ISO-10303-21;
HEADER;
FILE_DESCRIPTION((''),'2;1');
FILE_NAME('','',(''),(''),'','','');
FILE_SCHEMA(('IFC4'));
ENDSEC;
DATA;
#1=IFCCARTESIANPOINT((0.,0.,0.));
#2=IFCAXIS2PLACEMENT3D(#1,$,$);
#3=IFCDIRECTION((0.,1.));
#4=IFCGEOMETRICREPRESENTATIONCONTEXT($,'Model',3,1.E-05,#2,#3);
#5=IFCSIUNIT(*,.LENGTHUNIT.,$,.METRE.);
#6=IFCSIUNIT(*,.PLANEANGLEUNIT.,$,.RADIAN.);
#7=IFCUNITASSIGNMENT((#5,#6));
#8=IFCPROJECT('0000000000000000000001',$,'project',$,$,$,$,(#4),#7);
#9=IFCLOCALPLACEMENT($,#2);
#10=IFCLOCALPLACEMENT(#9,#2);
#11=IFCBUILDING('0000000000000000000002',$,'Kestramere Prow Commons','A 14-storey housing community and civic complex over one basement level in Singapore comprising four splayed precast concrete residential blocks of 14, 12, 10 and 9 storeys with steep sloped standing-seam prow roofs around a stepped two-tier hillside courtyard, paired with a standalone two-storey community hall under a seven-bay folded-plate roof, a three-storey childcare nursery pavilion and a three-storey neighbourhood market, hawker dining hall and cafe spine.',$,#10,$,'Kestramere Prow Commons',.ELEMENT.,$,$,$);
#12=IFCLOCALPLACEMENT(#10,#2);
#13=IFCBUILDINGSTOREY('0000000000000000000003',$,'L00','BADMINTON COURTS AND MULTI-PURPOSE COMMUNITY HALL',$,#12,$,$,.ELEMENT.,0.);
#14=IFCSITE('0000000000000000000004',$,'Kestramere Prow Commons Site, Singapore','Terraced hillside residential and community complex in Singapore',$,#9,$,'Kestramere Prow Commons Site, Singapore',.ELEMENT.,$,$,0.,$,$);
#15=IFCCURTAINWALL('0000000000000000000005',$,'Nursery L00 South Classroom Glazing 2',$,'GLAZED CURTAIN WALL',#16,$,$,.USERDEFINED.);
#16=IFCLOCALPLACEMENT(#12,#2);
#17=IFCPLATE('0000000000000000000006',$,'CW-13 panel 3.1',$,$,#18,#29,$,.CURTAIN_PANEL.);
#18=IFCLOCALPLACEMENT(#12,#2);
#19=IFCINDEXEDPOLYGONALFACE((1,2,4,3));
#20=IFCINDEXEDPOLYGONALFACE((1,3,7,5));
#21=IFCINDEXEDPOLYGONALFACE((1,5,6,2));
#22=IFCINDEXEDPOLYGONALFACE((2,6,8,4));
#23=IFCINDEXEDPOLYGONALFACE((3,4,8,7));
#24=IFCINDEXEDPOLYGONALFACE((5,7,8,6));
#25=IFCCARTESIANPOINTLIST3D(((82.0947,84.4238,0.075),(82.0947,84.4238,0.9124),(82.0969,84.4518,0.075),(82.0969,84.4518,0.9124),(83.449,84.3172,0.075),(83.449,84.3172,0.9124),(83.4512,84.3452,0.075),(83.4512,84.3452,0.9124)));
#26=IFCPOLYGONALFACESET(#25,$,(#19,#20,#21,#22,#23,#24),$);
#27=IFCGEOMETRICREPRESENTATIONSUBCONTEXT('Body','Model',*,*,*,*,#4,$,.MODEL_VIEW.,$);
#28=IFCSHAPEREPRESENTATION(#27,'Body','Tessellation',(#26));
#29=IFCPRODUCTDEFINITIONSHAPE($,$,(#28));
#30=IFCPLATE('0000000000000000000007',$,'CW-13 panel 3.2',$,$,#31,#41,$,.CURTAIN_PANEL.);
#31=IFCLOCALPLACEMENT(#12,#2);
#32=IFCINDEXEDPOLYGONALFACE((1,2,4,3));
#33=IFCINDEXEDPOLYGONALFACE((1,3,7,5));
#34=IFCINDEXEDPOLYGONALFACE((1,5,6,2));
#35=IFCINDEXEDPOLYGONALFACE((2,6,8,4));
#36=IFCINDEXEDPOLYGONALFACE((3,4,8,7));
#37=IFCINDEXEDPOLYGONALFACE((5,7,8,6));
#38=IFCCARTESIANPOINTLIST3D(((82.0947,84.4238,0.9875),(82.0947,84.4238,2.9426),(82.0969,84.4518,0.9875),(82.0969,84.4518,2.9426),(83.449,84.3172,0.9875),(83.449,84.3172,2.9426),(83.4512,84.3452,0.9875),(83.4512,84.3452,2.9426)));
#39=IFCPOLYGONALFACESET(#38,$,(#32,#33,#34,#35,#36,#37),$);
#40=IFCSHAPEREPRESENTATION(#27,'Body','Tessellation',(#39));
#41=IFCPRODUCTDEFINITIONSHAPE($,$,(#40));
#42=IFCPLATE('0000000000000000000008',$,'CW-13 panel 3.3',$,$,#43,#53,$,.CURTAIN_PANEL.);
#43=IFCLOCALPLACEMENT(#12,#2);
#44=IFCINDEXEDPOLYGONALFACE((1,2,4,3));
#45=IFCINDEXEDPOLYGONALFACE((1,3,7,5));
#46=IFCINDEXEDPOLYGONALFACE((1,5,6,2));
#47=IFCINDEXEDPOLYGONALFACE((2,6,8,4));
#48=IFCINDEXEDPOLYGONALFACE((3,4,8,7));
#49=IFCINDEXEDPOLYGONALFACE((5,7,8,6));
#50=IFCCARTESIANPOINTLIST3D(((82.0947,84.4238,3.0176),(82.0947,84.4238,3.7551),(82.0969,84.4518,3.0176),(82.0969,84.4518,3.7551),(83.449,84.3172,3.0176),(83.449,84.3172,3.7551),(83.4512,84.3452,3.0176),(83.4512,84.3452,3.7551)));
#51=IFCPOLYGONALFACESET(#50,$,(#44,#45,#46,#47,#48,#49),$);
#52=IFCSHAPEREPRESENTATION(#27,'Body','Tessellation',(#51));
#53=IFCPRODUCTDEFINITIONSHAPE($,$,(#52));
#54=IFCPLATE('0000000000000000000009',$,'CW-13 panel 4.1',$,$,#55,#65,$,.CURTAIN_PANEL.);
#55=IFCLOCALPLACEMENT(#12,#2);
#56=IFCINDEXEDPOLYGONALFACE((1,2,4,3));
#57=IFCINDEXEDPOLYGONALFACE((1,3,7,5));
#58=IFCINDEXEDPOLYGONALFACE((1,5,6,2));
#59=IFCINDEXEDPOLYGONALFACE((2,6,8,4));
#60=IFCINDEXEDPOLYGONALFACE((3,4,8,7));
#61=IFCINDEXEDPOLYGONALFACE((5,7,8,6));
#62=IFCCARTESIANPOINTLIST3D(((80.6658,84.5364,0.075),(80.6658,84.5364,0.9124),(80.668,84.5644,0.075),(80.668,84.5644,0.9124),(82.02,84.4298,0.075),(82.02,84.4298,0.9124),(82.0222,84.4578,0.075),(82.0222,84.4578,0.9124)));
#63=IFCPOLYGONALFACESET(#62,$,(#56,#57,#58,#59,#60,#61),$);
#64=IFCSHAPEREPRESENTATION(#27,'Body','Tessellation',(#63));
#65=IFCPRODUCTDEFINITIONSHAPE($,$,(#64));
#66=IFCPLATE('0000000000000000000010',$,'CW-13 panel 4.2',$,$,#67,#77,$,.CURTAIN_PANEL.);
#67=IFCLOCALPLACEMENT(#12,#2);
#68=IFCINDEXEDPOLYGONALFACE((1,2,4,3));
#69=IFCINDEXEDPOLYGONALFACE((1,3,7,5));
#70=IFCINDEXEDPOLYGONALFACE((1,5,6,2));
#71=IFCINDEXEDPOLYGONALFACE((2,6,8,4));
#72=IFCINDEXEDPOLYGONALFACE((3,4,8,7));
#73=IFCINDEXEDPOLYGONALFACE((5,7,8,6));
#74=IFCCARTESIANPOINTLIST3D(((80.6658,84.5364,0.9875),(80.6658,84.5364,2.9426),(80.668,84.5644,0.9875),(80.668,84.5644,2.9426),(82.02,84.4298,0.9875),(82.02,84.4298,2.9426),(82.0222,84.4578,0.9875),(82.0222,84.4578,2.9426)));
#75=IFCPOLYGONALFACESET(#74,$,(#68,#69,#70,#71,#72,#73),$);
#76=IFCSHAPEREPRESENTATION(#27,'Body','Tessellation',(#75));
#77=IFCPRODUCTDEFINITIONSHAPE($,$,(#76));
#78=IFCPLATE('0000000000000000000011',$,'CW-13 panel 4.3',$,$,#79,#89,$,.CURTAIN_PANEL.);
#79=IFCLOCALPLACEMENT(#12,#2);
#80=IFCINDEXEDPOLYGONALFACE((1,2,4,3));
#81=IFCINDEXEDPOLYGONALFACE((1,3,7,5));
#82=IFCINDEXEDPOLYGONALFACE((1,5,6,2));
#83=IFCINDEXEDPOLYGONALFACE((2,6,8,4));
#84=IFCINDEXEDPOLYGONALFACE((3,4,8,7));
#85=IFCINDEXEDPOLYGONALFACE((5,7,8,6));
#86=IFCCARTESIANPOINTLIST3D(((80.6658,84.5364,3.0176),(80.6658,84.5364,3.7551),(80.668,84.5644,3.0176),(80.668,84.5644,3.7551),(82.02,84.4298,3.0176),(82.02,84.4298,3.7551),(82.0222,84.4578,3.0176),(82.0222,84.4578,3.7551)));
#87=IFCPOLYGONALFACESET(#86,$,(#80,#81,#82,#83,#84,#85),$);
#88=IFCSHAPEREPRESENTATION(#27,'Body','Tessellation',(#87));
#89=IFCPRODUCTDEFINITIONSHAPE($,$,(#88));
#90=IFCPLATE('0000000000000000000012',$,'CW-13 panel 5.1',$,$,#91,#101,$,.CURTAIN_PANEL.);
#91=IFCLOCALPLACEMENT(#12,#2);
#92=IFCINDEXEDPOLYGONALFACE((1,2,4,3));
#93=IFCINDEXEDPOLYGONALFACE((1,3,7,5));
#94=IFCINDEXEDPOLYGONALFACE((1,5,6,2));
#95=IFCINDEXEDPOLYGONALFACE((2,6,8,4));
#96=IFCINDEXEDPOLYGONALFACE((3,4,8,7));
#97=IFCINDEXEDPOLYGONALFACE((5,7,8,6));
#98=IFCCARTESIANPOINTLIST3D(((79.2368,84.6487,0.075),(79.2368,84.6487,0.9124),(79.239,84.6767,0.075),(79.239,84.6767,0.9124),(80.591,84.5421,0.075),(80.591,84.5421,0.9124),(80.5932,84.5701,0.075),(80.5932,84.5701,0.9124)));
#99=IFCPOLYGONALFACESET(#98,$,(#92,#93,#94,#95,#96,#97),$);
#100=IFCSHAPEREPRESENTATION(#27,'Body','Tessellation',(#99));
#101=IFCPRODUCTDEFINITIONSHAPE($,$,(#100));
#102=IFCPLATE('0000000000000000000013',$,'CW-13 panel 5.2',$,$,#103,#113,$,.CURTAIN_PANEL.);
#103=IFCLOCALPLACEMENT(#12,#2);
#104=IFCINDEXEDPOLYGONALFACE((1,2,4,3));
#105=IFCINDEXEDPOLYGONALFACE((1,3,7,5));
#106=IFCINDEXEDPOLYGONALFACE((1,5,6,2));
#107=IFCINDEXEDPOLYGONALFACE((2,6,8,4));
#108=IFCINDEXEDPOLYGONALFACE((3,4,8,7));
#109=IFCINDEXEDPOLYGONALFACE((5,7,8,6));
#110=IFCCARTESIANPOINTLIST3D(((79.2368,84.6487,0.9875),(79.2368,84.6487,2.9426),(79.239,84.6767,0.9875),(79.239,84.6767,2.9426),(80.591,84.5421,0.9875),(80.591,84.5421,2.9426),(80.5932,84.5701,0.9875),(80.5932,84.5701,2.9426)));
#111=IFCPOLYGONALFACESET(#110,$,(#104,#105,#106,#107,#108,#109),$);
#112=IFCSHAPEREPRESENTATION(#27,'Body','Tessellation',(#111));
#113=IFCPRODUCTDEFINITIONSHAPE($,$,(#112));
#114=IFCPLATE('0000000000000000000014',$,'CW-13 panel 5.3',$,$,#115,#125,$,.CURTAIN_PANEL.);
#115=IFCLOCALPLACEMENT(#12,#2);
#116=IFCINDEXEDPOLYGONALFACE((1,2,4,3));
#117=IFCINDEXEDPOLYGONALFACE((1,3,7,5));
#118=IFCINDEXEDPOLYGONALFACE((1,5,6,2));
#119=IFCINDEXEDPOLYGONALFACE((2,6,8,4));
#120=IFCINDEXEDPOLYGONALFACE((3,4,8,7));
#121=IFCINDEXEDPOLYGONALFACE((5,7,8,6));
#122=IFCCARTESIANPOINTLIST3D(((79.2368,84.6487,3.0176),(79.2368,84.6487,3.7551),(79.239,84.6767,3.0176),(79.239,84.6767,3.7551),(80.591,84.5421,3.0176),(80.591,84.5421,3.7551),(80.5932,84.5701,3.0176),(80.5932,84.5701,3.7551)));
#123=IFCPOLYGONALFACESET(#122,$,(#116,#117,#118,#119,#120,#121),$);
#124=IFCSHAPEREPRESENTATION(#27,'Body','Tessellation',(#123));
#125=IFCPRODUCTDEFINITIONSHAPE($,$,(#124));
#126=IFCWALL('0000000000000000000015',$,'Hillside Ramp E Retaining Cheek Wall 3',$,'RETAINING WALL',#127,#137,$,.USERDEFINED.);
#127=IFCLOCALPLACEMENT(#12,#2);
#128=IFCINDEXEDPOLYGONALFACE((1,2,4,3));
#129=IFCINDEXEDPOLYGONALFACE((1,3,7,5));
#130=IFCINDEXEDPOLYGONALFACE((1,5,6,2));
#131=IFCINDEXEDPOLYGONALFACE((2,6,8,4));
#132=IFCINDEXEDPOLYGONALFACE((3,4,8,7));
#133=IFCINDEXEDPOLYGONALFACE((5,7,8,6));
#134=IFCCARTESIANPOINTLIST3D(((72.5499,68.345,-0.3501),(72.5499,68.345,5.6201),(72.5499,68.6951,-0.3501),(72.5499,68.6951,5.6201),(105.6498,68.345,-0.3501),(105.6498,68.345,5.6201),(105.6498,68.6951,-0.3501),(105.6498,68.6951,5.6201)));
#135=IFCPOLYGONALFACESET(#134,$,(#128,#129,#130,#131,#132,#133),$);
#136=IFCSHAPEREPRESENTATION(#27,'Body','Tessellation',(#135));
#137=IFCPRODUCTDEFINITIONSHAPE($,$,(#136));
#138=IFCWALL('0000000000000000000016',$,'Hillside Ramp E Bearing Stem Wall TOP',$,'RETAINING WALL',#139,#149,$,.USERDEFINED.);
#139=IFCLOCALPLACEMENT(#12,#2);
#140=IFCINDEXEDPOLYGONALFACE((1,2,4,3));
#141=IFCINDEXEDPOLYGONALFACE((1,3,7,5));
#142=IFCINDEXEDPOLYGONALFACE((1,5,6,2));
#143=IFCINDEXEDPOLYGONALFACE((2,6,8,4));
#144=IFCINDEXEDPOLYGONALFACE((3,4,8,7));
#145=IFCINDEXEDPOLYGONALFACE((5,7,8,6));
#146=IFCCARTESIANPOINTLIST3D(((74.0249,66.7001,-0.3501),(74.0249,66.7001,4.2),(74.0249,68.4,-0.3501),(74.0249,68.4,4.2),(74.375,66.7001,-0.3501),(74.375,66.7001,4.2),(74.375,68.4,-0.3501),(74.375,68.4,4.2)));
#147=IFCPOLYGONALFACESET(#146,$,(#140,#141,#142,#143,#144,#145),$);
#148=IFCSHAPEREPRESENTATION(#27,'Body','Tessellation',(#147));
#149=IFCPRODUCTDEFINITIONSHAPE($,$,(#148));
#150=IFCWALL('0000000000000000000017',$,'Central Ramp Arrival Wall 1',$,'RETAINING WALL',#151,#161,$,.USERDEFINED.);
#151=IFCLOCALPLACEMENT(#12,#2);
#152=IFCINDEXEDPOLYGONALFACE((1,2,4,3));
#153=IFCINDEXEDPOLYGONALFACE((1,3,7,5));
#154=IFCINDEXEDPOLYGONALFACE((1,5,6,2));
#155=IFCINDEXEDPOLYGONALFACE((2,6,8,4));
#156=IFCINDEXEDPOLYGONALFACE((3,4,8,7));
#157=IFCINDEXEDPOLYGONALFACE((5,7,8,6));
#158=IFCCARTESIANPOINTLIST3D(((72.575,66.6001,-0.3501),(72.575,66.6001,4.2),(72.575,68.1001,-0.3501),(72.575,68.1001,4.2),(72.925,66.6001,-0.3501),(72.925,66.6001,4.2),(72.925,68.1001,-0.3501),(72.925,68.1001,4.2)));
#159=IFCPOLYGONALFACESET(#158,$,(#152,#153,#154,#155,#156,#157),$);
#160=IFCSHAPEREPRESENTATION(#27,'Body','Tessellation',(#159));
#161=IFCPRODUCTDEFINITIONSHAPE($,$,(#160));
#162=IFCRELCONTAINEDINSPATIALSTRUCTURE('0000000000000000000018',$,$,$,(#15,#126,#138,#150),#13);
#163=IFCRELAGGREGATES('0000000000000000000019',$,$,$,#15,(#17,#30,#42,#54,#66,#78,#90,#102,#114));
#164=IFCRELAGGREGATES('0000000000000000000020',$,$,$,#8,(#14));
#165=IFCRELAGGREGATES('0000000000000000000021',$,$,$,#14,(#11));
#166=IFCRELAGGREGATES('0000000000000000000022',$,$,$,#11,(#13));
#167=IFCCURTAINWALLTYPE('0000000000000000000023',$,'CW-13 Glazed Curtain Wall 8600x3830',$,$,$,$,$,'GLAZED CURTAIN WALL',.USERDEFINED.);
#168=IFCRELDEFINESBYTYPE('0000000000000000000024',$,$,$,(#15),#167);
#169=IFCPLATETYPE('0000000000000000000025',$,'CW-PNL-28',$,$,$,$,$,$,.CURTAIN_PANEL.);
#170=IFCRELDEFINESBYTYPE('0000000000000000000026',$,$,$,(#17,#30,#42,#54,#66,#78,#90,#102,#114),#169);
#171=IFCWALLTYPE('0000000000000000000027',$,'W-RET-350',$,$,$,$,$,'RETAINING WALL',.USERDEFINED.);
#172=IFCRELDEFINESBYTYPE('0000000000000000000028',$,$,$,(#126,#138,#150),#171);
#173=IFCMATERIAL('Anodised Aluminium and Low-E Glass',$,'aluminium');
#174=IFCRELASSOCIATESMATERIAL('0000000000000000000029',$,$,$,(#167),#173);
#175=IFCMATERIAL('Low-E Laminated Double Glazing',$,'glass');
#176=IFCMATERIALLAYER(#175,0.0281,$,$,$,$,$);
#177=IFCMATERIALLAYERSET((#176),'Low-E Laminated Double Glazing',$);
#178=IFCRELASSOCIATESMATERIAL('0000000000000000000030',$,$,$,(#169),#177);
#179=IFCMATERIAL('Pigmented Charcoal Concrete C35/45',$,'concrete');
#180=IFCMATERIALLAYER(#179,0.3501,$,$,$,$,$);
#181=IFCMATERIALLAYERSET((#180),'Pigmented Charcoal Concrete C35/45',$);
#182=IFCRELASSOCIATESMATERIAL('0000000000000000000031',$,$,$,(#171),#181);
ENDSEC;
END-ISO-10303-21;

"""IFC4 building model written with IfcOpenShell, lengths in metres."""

from ifc_helpers import new_model, si_unit, direction, frame, frame_2d, origin, origin_2d, place, context, subcontext, project, spatial, rectangle, extrude, material, layer, layer_set, type_object, element, aggregate, save


model = new_model("IFC4")

# Units and contexts
model_context = context("Model", 3, precision=1e-05, world=origin(), true_north=direction((0.0, 1.0)))
body_context = subcontext(model_context, "Body", "Model", "MODEL_VIEW")
ifc_project = project(units=[si_unit("LENGTHUNIT", "METRE"), si_unit("PLANEANGLEUNIT", "RADIAN")], contexts=[model_context])

# Site, building, storey
site_placement = place(None, origin())
site = spatial("IfcSite", under=ifc_project, at=site_placement, Name="Kestramere Prow Commons Site, Singapore", Description="Terraced hillside residential and community complex in Singapore", LongName="Kestramere Prow Commons Site, Singapore", CompositionType="ELEMENT", RefElevation=0.0)
building_placement = place(site_placement, origin())
building = spatial("IfcBuilding", under=site, at=building_placement, Name="Kestramere Prow Commons", Description="A 14-storey housing community and civic complex over one basement level in Singapore comprising four splayed precast concrete residential blocks of 14, 12, 10 and 9 storeys with steep sloped standing-seam prow roofs around a stepped two-tier hillside courtyard, paired with a standalone two-storey community hall under a seven-bay folded-plate roof, a three-storey childcare nursery pavilion and a three-storey neighbourhood market, hawker dining hall and cafe spine.", LongName="Kestramere Prow Commons", CompositionType="ELEMENT")
storey_placement = place(building_placement, origin())
storey = spatial("IfcBuildingStorey", under=building, at=storey_placement, Name="L00", Description="BADMINTON COURTS AND MULTI-PURPOSE COMMUNITY HALL", CompositionType="ELEMENT", Elevation=0.0)

# Curtain wall, plates
ifc_material_1 = material(Name="Anodised Aluminium and Low-E Glass", Category="aluminium")
curtain_wall_type = type_object("IfcCurtainWallType", Name="CW-13 Glazed Curtain Wall 8600x3830", ElementType="GLAZED CURTAIN WALL", PredefinedType="USERDEFINED", material=ifc_material_1)
curtain_wall_placement = place(storey_placement, origin())
curtain_wall = element("IfcCurtainWall", 1, at=curtain_wall_placement, inside=storey, type_object=curtain_wall_type, Name="Nursery L00 South Classroom Glazing 2", ObjectType="GLAZED CURTAIN WALL", PredefinedType="USERDEFINED")
ifc_material_2 = material(Name="Low-E Laminated Double Glazing", Category="glass")
ifc_layer_1 = layer(ifc_material_2, 0.0281)
ifc_layer_set_1 = layer_set([ifc_layer_1], Name="Low-E Laminated Double Glazing")
plate_type = type_object("IfcPlateType", Name="CW-PNL-28", PredefinedType="CURTAIN_PANEL", material=ifc_layer_set_1)
plate_1_placement = place(storey_placement, frame((82.7729, 84.3845, 0.075), z_axis=(0.0, 0.0, 1.0), x_axis=(-0.996917, 0.078459, 0.0)))
plate_1 = element("IfcPlate", 2, at=plate_1_placement, type_object=plate_type, Name="CW-13 panel 3.1", PredefinedType="CURTAIN_PANEL", context=body_context, shape_type="SweptSolid", body=[
    extrude(rectangle(XDim=1.3584, YDim=0.0281, at=origin_2d()), origin(), (0.0, 0.0, 1.0), 0.8374),
])
plate_2_placement = place(storey_placement, frame((82.7729, 84.3845, 0.9875), z_axis=(0.0, 0.0, 1.0), x_axis=(-0.996917, 0.078459, 0.0)))
plate_2 = element("IfcPlate", 3, at=plate_2_placement, type_object=plate_type, Name="CW-13 panel 3.2", PredefinedType="CURTAIN_PANEL", context=body_context, shape_type="SweptSolid", body=[
    extrude(rectangle(XDim=1.3584, YDim=0.0281, at=origin_2d()), origin(), (0.0, 0.0, 1.0), 1.9551),
])
plate_3_placement = place(storey_placement, frame((82.7729, 84.3845, 3.0176), z_axis=(0.0, 0.0, 1.0), x_axis=(-0.996917, 0.078459, 0.0)))
plate_3 = element("IfcPlate", 4, at=plate_3_placement, type_object=plate_type, Name="CW-13 panel 3.3", PredefinedType="CURTAIN_PANEL", context=body_context, shape_type="SweptSolid", body=[
    extrude(rectangle(XDim=1.3584, YDim=0.0281, at=origin_2d()), origin(), (0.0, 0.0, 1.0), 0.7375),
])
plate_4_placement = place(storey_placement, frame((81.344, 84.4971, 0.075), z_axis=(0.0, 0.0, 1.0), x_axis=(-0.996917, 0.078459, 0.0)))
plate_4 = element("IfcPlate", 5, at=plate_4_placement, type_object=plate_type, Name="CW-13 panel 4.1", PredefinedType="CURTAIN_PANEL", context=body_context, shape_type="SweptSolid", body=[
    extrude(rectangle(XDim=1.3584, YDim=0.0281, at=origin_2d()), origin(), (0.0, 0.0, 1.0), 0.8374),
])
plate_5_placement = place(storey_placement, frame((81.344, 84.4971, 0.9875), z_axis=(0.0, 0.0, 1.0), x_axis=(-0.996917, 0.078459, 0.0)))
plate_5 = element("IfcPlate", 6, at=plate_5_placement, type_object=plate_type, Name="CW-13 panel 4.2", PredefinedType="CURTAIN_PANEL", context=body_context, shape_type="SweptSolid", body=[
    extrude(rectangle(XDim=1.3584, YDim=0.0281, at=origin_2d()), origin(), (0.0, 0.0, 1.0), 1.9551),
])
plate_6_placement = place(storey_placement, frame((81.344, 84.4971, 3.0176), z_axis=(0.0, 0.0, 1.0), x_axis=(-0.996917, 0.078459, 0.0)))
plate_6 = element("IfcPlate", 7, at=plate_6_placement, type_object=plate_type, Name="CW-13 panel 4.3", PredefinedType="CURTAIN_PANEL", context=body_context, shape_type="SweptSolid", body=[
    extrude(rectangle(XDim=1.3584, YDim=0.0281, at=origin_2d()), origin(), (0.0, 0.0, 1.0), 0.7375),
])
plate_7_placement = place(storey_placement, frame((79.915, 84.6094, 0.075), z_axis=(0.0, 0.0, 1.0), x_axis=(-0.996917, 0.078459, 0.0)))
plate_7 = element("IfcPlate", 8, at=plate_7_placement, type_object=plate_type, Name="CW-13 panel 5.1", PredefinedType="CURTAIN_PANEL", context=body_context, shape_type="SweptSolid", body=[
    extrude(rectangle(XDim=1.3584, YDim=0.0281, at=origin_2d()), origin(), (0.0, 0.0, 1.0), 0.8374),
])
plate_8_placement = place(storey_placement, frame((79.915, 84.6094, 0.9875), z_axis=(0.0, 0.0, 1.0), x_axis=(-0.996917, 0.078459, 0.0)))
plate_8 = element("IfcPlate", 9, at=plate_8_placement, type_object=plate_type, Name="CW-13 panel 5.2", PredefinedType="CURTAIN_PANEL", context=body_context, shape_type="SweptSolid", body=[
    extrude(rectangle(XDim=1.3584, YDim=0.0281, at=origin_2d()), origin(), (0.0, 0.0, 1.0), 1.9551),
])
plate_9_placement = place(storey_placement, frame((79.915, 84.6094, 3.0176), z_axis=(0.0, 0.0, 1.0), x_axis=(-0.996917, 0.078459, 0.0)))
plate_9 = element("IfcPlate", 10, at=plate_9_placement, type_object=plate_type, Name="CW-13 panel 5.3", PredefinedType="CURTAIN_PANEL", context=body_context, shape_type="SweptSolid", body=[
    extrude(rectangle(XDim=1.3584, YDim=0.0281, at=origin_2d()), origin(), (0.0, 0.0, 1.0), 0.7375),
])
aggregate(curtain_wall, [plate_1, plate_2, plate_3, plate_4, plate_5, plate_6, plate_7, plate_8, plate_9])

# Walls
ifc_material_3 = material(Name="Pigmented Charcoal Concrete C35/45", Category="concrete")
ifc_layer_2 = layer(ifc_material_3, 0.3501)
ifc_layer_set_2 = layer_set([ifc_layer_2], Name="Pigmented Charcoal Concrete C35/45")
wall_type = type_object("IfcWallType", Name="W-RET-350", ElementType="RETAINING WALL", PredefinedType="USERDEFINED", material=ifc_layer_set_2)
wall_1_placement = place(storey_placement, frame((72.55, 68.52, -0.3501), z_axis=(0.0, 0.0, 1.0), x_axis=(1.0, 0.0, 0.0)))
element("IfcWall", 11, at=wall_1_placement, inside=storey, type_object=wall_type, Name="Hillside Ramp E Retaining Cheek Wall 3", ObjectType="RETAINING WALL", PredefinedType="USERDEFINED", context=body_context, shape_type="SweptSolid", body=[
    extrude(rectangle(XDim=33.0999, YDim=0.3501, at=frame_2d((16.5498, 0.0))), origin(), (0.0, 0.0, 1.0), 5.9702),
])
wall_2_placement = place(storey_placement, frame((74.2, 66.7, -0.3501), z_axis=(0.0, 0.0, 1.0), x_axis=(0.0, 1.0, 0.0)))
element("IfcWall", 12, at=wall_2_placement, inside=storey, type_object=wall_type, Name="Hillside Ramp E Bearing Stem Wall TOP", ObjectType="RETAINING WALL", PredefinedType="USERDEFINED", context=body_context, shape_type="SweptSolid", body=[
    extrude(rectangle(XDim=1.7, YDim=0.3501, at=frame_2d((0.8501, 0.0))), origin(), (0.0, 0.0, 1.0), 4.55),
])
wall_3_placement = place(storey_placement, frame((72.75, 66.6001, -0.3501), z_axis=(0.0, 0.0, 1.0), x_axis=(0.0, 1.0, 0.0)))
element("IfcWall", 13, at=wall_3_placement, inside=storey, type_object=wall_type, Name="Central Ramp Arrival Wall 1", ObjectType="RETAINING WALL", PredefinedType="USERDEFINED", context=body_context, shape_type="SweptSolid", body=[
    extrude(rectangle(XDim=1.5, YDim=0.3501, at=frame_2d((0.75, 0.0))), origin(), (0.0, 0.0, 1.0), 4.55),
])

save(model, "model.ifc")
